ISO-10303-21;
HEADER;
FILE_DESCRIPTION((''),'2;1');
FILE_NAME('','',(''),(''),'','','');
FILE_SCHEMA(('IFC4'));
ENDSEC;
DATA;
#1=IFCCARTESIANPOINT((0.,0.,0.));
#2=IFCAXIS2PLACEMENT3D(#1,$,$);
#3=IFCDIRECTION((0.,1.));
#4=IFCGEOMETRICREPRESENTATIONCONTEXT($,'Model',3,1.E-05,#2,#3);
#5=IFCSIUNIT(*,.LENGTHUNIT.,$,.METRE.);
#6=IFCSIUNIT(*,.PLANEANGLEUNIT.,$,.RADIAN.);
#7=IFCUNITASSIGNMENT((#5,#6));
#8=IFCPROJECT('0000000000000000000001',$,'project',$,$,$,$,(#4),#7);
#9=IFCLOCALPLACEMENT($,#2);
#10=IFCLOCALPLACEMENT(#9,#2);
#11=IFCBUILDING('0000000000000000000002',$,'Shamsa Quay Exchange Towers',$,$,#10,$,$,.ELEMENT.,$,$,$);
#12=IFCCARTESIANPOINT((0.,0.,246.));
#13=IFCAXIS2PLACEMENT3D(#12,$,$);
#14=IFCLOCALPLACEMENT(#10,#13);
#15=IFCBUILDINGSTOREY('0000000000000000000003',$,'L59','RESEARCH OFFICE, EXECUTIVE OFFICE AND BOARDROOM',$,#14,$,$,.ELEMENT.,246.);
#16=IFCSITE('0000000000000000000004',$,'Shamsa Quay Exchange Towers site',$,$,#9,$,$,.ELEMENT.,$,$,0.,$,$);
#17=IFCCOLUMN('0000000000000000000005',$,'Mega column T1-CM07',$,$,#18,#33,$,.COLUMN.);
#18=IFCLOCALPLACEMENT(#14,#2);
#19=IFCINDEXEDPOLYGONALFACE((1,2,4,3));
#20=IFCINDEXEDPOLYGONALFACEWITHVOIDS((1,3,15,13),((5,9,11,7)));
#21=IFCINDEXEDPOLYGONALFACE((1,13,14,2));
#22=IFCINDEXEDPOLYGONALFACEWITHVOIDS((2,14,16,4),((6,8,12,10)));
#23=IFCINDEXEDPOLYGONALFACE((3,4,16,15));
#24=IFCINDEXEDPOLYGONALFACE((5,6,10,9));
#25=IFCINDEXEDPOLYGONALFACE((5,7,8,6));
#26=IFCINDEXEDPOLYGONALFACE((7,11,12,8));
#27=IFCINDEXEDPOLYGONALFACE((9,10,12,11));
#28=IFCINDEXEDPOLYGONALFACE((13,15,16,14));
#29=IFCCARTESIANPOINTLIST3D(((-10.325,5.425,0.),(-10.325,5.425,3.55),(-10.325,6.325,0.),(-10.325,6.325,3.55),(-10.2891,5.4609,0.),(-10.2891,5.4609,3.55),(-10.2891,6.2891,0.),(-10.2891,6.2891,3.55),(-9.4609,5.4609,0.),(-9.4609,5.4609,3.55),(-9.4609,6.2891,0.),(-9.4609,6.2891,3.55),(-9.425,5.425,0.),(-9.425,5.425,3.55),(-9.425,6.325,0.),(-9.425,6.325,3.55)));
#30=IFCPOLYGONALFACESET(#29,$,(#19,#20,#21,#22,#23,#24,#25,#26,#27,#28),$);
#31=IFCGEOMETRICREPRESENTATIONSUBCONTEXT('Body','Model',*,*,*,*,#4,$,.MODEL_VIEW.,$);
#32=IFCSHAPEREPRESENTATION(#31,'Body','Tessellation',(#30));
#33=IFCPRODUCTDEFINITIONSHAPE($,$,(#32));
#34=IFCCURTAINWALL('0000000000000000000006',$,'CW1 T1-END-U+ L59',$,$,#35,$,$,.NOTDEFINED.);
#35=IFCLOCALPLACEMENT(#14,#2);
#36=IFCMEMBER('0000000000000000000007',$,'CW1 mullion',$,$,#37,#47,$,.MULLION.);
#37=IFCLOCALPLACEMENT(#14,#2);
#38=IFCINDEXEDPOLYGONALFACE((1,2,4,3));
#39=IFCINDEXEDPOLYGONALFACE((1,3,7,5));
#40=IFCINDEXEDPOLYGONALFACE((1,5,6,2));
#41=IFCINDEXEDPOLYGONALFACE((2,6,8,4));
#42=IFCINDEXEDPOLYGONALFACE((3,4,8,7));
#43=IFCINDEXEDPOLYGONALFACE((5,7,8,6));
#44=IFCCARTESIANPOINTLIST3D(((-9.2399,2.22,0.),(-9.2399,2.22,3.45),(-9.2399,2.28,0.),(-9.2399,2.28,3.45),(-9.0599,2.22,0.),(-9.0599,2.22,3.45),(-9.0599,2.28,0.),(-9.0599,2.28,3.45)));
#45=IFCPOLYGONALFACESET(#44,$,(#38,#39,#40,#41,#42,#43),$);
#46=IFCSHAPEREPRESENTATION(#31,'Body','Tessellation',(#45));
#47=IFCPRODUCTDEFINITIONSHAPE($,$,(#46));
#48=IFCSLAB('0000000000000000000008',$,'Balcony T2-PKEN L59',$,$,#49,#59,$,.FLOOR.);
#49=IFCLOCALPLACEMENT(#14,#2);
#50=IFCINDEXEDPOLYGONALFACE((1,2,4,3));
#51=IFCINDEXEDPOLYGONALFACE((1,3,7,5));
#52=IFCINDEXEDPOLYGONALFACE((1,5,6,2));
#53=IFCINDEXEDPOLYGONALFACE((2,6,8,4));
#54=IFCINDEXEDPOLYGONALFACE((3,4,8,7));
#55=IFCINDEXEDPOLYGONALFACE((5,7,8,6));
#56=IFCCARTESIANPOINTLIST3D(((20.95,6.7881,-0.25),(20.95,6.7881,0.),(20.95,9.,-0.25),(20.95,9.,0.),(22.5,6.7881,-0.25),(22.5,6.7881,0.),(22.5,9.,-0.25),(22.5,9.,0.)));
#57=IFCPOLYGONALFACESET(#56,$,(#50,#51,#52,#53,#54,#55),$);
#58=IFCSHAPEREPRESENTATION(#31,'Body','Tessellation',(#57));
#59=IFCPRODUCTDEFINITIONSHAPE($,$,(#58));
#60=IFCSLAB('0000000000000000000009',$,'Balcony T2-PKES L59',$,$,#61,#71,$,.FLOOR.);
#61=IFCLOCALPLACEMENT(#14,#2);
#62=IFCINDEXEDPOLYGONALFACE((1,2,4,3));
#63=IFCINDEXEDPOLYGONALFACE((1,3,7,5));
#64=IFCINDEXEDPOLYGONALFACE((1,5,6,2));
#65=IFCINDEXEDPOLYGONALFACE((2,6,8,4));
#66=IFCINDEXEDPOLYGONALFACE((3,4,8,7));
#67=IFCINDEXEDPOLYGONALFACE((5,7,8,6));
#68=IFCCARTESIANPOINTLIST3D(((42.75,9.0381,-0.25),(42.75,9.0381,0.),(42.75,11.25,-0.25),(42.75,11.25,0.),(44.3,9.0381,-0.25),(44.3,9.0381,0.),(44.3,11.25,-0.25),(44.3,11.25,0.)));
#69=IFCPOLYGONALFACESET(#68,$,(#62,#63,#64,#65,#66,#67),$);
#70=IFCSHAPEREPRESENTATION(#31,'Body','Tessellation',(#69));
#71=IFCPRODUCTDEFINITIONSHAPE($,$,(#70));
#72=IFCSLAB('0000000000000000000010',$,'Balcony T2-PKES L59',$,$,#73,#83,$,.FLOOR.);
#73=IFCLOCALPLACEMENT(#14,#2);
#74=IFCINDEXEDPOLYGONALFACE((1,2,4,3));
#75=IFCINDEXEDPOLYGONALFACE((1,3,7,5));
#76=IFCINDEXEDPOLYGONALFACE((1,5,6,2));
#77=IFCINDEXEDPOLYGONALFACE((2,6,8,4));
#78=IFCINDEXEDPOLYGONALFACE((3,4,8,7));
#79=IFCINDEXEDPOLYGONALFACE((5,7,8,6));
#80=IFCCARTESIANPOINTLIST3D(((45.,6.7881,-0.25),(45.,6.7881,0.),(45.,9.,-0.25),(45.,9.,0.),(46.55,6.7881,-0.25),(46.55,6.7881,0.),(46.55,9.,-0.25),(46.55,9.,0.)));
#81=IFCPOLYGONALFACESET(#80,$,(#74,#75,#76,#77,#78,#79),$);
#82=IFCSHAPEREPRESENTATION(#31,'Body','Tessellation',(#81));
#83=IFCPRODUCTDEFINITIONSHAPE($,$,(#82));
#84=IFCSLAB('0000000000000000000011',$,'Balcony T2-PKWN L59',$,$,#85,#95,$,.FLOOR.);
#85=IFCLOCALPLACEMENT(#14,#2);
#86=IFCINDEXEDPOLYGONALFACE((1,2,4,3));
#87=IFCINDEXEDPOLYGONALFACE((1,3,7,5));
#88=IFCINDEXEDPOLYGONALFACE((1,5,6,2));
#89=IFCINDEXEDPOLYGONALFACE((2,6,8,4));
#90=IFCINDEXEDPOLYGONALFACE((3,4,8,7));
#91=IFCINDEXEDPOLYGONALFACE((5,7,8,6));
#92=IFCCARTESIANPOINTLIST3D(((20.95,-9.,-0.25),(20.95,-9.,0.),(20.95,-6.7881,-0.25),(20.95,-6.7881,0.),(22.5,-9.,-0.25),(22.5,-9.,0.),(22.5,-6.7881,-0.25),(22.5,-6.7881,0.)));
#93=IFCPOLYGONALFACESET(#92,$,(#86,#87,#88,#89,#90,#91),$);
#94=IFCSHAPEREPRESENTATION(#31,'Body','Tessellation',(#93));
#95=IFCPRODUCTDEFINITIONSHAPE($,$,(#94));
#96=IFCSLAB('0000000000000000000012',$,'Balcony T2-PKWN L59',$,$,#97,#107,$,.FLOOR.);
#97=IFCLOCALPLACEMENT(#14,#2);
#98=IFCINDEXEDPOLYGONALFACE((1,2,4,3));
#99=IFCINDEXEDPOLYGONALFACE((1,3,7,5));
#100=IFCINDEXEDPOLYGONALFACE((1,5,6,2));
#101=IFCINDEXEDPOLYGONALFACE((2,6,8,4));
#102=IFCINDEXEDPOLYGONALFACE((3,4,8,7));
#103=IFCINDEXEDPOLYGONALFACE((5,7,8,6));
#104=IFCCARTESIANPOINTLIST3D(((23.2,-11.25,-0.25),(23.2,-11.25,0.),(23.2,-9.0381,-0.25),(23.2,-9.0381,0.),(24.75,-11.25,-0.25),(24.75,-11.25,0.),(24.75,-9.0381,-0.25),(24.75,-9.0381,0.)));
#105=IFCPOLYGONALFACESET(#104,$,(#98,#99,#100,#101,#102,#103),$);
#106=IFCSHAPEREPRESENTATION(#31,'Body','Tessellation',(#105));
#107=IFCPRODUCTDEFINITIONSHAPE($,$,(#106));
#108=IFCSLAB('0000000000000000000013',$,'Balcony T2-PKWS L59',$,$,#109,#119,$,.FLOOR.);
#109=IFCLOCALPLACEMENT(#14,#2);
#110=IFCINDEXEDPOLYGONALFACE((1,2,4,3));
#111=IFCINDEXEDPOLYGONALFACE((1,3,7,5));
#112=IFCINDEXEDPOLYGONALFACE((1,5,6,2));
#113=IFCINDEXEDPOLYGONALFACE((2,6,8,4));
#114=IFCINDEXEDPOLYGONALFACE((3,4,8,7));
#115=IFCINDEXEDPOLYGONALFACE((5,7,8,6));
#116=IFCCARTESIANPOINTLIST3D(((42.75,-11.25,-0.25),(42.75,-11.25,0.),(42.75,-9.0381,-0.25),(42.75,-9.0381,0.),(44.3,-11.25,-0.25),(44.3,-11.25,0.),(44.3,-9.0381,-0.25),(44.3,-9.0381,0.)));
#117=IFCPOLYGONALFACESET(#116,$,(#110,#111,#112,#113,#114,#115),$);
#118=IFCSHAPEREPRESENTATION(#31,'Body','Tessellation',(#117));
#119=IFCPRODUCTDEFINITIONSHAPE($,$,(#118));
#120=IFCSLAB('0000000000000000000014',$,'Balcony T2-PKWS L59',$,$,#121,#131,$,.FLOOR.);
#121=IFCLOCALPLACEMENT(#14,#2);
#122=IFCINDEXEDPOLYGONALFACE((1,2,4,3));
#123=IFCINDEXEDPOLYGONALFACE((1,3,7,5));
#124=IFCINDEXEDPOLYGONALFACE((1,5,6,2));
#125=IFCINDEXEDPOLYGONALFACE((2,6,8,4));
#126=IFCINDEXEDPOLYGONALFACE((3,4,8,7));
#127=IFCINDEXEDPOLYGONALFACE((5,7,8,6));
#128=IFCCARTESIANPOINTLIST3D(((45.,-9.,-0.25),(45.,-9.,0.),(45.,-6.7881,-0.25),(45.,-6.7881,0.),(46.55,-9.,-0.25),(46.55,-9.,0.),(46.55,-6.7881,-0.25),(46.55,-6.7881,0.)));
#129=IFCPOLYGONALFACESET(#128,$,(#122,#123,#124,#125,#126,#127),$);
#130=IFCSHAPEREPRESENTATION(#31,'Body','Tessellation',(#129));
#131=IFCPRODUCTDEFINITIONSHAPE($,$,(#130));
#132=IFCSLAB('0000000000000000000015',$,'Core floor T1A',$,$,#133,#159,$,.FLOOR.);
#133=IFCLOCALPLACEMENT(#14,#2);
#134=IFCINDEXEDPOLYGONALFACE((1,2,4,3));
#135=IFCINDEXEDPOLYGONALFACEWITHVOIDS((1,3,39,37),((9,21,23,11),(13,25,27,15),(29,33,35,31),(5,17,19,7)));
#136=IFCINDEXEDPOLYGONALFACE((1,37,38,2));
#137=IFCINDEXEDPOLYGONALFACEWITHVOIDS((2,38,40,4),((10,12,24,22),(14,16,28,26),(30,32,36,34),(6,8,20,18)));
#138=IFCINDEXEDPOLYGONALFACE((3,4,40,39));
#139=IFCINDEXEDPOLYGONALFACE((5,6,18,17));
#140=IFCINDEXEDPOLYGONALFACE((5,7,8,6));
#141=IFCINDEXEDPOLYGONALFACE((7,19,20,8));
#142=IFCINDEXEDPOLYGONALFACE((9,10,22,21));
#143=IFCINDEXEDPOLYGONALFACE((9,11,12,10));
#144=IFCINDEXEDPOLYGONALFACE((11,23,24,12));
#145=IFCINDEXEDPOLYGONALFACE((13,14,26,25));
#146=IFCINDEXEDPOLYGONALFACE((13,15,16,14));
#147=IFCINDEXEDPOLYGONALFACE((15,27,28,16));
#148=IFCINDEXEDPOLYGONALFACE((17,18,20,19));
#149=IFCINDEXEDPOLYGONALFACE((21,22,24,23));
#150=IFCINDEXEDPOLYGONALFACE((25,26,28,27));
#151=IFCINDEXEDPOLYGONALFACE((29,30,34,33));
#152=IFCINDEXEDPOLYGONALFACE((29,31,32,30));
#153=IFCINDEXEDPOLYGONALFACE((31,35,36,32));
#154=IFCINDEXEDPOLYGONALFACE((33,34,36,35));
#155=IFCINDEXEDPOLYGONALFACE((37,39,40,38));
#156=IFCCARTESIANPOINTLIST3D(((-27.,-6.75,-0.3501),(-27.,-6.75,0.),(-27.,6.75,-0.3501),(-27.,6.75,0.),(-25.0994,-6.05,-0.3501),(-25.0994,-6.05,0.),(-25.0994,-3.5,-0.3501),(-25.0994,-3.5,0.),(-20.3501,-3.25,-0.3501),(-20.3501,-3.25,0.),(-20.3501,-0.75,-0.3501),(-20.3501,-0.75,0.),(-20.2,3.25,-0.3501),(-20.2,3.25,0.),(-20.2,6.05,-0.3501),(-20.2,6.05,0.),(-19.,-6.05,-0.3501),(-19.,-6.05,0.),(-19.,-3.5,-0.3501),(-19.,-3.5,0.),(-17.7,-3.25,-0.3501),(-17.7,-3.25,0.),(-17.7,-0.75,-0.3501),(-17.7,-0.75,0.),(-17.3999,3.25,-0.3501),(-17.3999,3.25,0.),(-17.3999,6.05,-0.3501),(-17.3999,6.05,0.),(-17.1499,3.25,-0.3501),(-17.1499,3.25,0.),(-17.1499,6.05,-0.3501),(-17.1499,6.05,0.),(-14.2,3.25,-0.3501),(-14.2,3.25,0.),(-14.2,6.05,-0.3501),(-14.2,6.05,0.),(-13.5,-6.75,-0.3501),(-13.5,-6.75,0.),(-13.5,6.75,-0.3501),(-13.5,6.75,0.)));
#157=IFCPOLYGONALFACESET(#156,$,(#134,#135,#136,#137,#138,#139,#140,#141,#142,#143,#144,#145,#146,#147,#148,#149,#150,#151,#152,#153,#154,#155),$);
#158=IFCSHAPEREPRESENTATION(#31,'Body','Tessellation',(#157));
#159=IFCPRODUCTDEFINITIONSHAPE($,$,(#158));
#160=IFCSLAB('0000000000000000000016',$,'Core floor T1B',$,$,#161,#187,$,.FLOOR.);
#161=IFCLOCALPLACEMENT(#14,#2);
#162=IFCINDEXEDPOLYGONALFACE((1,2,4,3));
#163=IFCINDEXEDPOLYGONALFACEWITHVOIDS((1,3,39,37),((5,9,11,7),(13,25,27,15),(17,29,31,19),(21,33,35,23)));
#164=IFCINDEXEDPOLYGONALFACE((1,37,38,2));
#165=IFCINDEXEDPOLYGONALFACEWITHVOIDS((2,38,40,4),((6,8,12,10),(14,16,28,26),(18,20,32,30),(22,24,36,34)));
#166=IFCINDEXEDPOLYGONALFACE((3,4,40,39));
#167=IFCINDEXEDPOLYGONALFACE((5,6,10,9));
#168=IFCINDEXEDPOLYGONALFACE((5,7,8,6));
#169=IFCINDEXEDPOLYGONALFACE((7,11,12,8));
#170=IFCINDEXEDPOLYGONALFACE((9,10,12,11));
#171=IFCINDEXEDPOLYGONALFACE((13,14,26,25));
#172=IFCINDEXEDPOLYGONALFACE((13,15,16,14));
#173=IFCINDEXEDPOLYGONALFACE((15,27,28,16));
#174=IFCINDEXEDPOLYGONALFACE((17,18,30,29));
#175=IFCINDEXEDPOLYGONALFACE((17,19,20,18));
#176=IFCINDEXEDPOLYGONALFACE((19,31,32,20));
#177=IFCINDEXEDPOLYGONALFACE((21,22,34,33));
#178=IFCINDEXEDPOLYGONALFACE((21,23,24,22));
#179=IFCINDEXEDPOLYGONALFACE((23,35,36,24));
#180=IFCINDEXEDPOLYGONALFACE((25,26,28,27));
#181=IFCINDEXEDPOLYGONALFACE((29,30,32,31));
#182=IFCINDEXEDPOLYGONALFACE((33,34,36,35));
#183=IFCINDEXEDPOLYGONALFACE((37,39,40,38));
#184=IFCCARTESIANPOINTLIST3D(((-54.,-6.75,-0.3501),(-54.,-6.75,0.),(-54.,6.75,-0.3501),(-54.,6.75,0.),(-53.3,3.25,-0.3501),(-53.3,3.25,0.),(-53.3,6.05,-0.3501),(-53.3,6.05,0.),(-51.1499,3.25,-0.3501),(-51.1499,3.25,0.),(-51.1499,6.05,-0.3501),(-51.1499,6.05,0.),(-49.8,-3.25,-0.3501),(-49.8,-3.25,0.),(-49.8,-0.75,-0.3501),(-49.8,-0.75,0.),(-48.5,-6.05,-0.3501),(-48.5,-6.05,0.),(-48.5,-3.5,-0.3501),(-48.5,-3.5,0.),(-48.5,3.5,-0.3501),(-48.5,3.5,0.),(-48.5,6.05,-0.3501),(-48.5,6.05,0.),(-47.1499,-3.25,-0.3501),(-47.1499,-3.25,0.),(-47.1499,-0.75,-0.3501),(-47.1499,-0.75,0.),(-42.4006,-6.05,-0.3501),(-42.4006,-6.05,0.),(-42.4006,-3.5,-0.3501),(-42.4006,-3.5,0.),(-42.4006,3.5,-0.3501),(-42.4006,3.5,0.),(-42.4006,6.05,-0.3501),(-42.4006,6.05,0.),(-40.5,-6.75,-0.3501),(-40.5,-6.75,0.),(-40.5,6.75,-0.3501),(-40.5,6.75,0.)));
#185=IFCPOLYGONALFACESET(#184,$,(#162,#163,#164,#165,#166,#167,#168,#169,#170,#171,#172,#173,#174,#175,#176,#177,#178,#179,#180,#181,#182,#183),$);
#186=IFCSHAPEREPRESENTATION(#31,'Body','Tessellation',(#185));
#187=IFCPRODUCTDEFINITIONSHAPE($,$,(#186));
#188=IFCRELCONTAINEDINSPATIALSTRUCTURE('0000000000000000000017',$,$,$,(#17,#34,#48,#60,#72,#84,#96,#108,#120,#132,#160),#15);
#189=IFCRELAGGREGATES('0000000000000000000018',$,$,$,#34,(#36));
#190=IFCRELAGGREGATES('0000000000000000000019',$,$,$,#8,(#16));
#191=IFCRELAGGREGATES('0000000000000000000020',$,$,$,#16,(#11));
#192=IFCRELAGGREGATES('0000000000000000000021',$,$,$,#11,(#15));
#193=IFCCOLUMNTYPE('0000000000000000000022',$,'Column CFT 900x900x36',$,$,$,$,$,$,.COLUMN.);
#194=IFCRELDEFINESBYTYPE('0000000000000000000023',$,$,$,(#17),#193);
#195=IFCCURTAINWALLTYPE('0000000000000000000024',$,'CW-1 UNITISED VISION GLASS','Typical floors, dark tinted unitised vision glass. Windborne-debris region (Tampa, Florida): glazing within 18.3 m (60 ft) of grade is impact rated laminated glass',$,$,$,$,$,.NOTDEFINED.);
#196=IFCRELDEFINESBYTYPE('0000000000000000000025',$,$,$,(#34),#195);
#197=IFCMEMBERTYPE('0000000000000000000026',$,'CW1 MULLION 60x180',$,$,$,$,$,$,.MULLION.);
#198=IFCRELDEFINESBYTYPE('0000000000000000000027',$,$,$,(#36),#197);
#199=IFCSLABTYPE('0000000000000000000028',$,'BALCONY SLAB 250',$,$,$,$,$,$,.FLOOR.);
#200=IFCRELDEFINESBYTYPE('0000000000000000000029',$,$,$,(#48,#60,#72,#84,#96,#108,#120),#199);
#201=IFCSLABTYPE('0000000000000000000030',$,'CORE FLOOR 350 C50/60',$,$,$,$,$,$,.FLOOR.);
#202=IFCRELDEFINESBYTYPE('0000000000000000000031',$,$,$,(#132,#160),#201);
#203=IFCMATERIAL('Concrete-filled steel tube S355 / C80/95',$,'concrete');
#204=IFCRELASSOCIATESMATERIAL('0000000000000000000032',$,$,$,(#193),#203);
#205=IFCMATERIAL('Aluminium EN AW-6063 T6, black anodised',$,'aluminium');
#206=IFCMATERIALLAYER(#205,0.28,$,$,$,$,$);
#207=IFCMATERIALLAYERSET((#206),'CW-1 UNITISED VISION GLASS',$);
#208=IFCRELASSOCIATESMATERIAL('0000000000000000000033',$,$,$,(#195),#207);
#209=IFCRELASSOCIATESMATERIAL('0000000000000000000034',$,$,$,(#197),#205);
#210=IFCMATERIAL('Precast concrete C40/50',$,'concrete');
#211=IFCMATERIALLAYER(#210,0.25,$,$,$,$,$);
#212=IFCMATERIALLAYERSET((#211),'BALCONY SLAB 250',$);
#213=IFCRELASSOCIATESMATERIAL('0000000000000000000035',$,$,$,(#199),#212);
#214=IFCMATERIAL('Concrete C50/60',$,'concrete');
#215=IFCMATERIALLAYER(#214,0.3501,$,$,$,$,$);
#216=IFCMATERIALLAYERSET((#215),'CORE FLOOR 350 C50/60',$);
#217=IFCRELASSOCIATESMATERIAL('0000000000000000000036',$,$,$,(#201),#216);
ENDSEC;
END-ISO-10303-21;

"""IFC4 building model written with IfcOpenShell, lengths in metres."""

from ifc_helpers import new_model, si_unit, direction, frame, origin, origin_2d, place, context, subcontext, project, spatial, polyline, rectangle, hollow_rectangle, outline, extrude, material, layer, layer_set, material_profile, profile_set, type_object, element, aggregate, save


model = new_model("IFC4")

# Units and contexts
model_context = context("Model", 3, precision=1e-05, world=origin(), true_north=direction((0.0, 1.0)))
body_context = subcontext(model_context, "Body", "Model", "MODEL_VIEW")
ifc_project = project(units=[si_unit("LENGTHUNIT", "METRE"), si_unit("PLANEANGLEUNIT", "RADIAN")], contexts=[model_context])

# Site, building, storey
site_placement = place(None, origin())
site = spatial("IfcSite", under=ifc_project, at=site_placement, Name="Shamsa Quay Exchange Towers site", CompositionType="ELEMENT", RefElevation=0.0)
building_placement = place(site_placement, origin())
building = spatial("IfcBuilding", under=site, at=building_placement, Name="Shamsa Quay Exchange Towers", CompositionType="ELEMENT")
storey_placement = place(building_placement, frame((0.0, 0.0, 246.0)))
storey = spatial("IfcBuildingStorey", under=building, at=storey_placement, Name="L59", Description="RESEARCH OFFICE, EXECUTIVE OFFICE AND BOARDROOM", CompositionType="ELEMENT", Elevation=246.0)

# Column
ifc_material_1 = material(Name="Concrete-filled steel tube S355 / C80/95", Category="concrete")
ifc_material_profile_1 = material_profile(ifc_material_1, hollow_rectangle(XDim=0.8999, YDim=0.8999, WallThickness=0.0359, at=origin_2d()), Name="CFT 900x900x36")
ifc_profile_set_1 = profile_set([ifc_material_profile_1], Name="Concrete-filled steel tube S355 / C80/95")
column_type = type_object("IfcColumnType", Name="Column CFT 900x900x36", PredefinedType="COLUMN", material=ifc_profile_set_1)
column_placement = place(storey_placement, frame((-9.875, 5.875, 0.0)))
element("IfcColumn", 1, at=column_placement, inside=storey, type_object=column_type, Name="Mega column T1-CM07", PredefinedType="COLUMN", context=body_context, shape_type="SweptSolid", body=[
    extrude(hollow_rectangle(XDim=0.8999, YDim=0.8999, WallThickness=0.0359, at=origin_2d()), origin(), (0.0, 0.0, 1.0), 3.55),
])

# Curtain wall, member
ifc_material_2 = material(Name="Aluminium EN AW-6063 T6, black anodised", Category="aluminium")
ifc_layer_1 = layer(ifc_material_2, 0.28)
ifc_layer_set_1 = layer_set([ifc_layer_1], Name="CW-1 UNITISED VISION GLASS")
curtain_wall_type = type_object("IfcCurtainWallType", Name="CW-1 UNITISED VISION GLASS", Description="Typical floors, dark tinted unitised vision glass. Windborne-debris region (Tampa, Florida): glazing within 18.3 m (60 ft) of grade is impact rated laminated glass", PredefinedType="NOTDEFINED", material=ifc_layer_set_1)
curtain_wall_placement = place(storey_placement, origin())
curtain_wall = element("IfcCurtainWall", 2, at=curtain_wall_placement, inside=storey, type_object=curtain_wall_type, Name="CW1 T1-END-U+ L59", PredefinedType="NOTDEFINED")
ifc_material_profile_2 = material_profile(ifc_material_2, rectangle(XDim=0.1799, YDim=0.0601, at=origin_2d()), Name="MU60x180")
ifc_profile_set_2 = profile_set([ifc_material_profile_2], Name="Aluminium EN AW-6063 T6, black anodised")
member_type = type_object("IfcMemberType", Name="CW1 MULLION 60x180", PredefinedType="MULLION", material=ifc_profile_set_2)
member_placement = place(storey_placement, frame((-9.1499, 2.25, 0.0), z_axis=(0.0, 0.0, 1.0), x_axis=(-1.0, 0.0, 0.0)))
member = element("IfcMember", 3, at=member_placement, type_object=member_type, Name="CW1 mullion", PredefinedType="MULLION", context=body_context, shape_type="SweptSolid", body=[
    extrude(rectangle(XDim=0.1799, YDim=0.0601, at=origin_2d()), origin(), (0.0, 0.0, 1.0), 3.45),
])

# Slabs
ifc_material_3 = material(Name="Precast concrete C40/50", Category="concrete")
ifc_layer_2 = layer(ifc_material_3, 0.25)
ifc_layer_set_2 = layer_set([ifc_layer_2], Name="BALCONY SLAB 250")
slab_type_1 = type_object("IfcSlabType", Name="BALCONY SLAB 250", PredefinedType="FLOOR", material=ifc_layer_set_2)
slab_1_placement = place(storey_placement, frame((0.0, 0.0, -0.25)))
element("IfcSlab", 4, at=slab_1_placement, inside=storey, type_object=slab_type_1, Name="Balcony T2-PKEN L59", PredefinedType="FLOOR", context=body_context, shape_type="SweptSolid", body=[
    extrude(outline(polyline([(22.5, 9.0), (22.5, 6.7881), (20.95, 6.7881), (20.95, 9.0), (22.5, 9.0)])), origin(), (0.0, 0.0, 1.0), 0.25),
])
slab_2_placement = place(storey_placement, frame((0.0, 0.0, -0.25)))
element("IfcSlab", 5, at=slab_2_placement, inside=storey, type_object=slab_type_1, Name="Balcony T2-PKES L59", PredefinedType="FLOOR", context=body_context, shape_type="SweptSolid", body=[
    extrude(outline(polyline([(42.75, 9.0381), (42.75, 11.25), (44.3, 11.25), (44.3, 9.0381), (42.75, 9.0381)])), origin(), (0.0, 0.0, 1.0), 0.25),
])
slab_3_placement = place(storey_placement, frame((0.0, 0.0, -0.25)))
element("IfcSlab", 6, at=slab_3_placement, inside=storey, type_object=slab_type_1, Name="Balcony T2-PKES L59", PredefinedType="FLOOR", context=body_context, shape_type="SweptSolid", body=[
    extrude(outline(polyline([(45.0, 6.7881), (45.0, 9.0), (46.55, 9.0), (46.55, 6.7881), (45.0, 6.7881)])), origin(), (0.0, 0.0, 1.0), 0.25),
])
slab_4_placement = place(storey_placement, frame((0.0, 0.0, -0.25)))
element("IfcSlab", 7, at=slab_4_placement, inside=storey, type_object=slab_type_1, Name="Balcony T2-PKWN L59", PredefinedType="FLOOR", context=body_context, shape_type="SweptSolid", body=[
    extrude(outline(polyline([(22.5, -6.7881), (22.5, -9.0), (20.95, -9.0), (20.95, -6.7881), (22.5, -6.7881)])), origin(), (0.0, 0.0, 1.0), 0.25),
])
slab_5_placement = place(storey_placement, frame((0.0, 0.0, -0.25)))
element("IfcSlab", 8, at=slab_5_placement, inside=storey, type_object=slab_type_1, Name="Balcony T2-PKWN L59", PredefinedType="FLOOR", context=body_context, shape_type="SweptSolid", body=[
    extrude(outline(polyline([(24.75, -9.0381), (24.75, -11.25), (23.2, -11.25), (23.2, -9.0381), (24.75, -9.0381)])), origin(), (0.0, 0.0, 1.0), 0.25),
])
slab_6_placement = place(storey_placement, frame((0.0, 0.0, -0.25)))
element("IfcSlab", 9, at=slab_6_placement, inside=storey, type_object=slab_type_1, Name="Balcony T2-PKWS L59", PredefinedType="FLOOR", context=body_context, shape_type="SweptSolid", body=[
    extrude(outline(polyline([(42.75, -11.25), (42.75, -9.0381), (44.3, -9.0381), (44.3, -11.25), (42.75, -11.25)])), origin(), (0.0, 0.0, 1.0), 0.25),
])
slab_7_placement = place(storey_placement, frame((0.0, 0.0, -0.25)))
element("IfcSlab", 10, at=slab_7_placement, inside=storey, type_object=slab_type_1, Name="Balcony T2-PKWS L59", PredefinedType="FLOOR", context=body_context, shape_type="SweptSolid", body=[
    extrude(outline(polyline([(45.0, -9.0), (45.0, -6.7881), (46.55, -6.7881), (46.55, -9.0), (45.0, -9.0)])), origin(), (0.0, 0.0, 1.0), 0.25),
])
ifc_material_4 = material(Name="Concrete C50/60", Category="concrete")
ifc_layer_3 = layer(ifc_material_4, 0.3501)
ifc_layer_set_3 = layer_set([ifc_layer_3], Name="CORE FLOOR 350 C50/60")
slab_type_2 = type_object("IfcSlabType", Name="CORE FLOOR 350 C50/60", PredefinedType="FLOOR", material=ifc_layer_set_3)
slab_8_placement = place(storey_placement, frame((0.0, 0.0, -0.3501)))
element("IfcSlab", 11, at=slab_8_placement, inside=storey, type_object=slab_type_2, Name="Core floor T1A", PredefinedType="FLOOR", context=body_context, shape_type="SweptSolid", body=[
    extrude(outline(polyline([(-27.0, -6.75), (-13.5, -6.75), (-13.5, 6.75), (-27.0, 6.75), (-27.0, -6.75)]), holes=[polyline([(-25.0994, -6.05), (-25.0994, -3.5), (-19.0, -3.5), (-19.0, -6.05), (-25.0994, -6.05)]), polyline([(-20.2, 3.25), (-20.2, 6.05), (-17.3999, 6.05), (-17.3999, 3.25), (-20.2, 3.25)]), polyline([(-17.1499, 3.25), (-17.1499, 6.05), (-14.2, 6.05), (-14.2, 3.25), (-17.1499, 3.25)]), polyline([(-20.3501, -3.25), (-20.3501, -0.75), (-17.7, -0.75), (-17.7, -3.25), (-20.3501, -3.25)])]), origin(), (0.0, 0.0, 1.0), 0.3501),
])
slab_9_placement = place(storey_placement, frame((0.0, 0.0, -0.3501)))
element("IfcSlab", 12, at=slab_9_placement, inside=storey, type_object=slab_type_2, Name="Core floor T1B", PredefinedType="FLOOR", context=body_context, shape_type="SweptSolid", body=[
    extrude(outline(polyline([(-40.5, -6.75), (-40.5, 6.75), (-54.0, 6.75), (-54.0, -6.75), (-40.5, -6.75)]), holes=[polyline([(-42.4006, -3.5), (-42.4006, -6.05), (-48.5, -6.05), (-48.5, -3.5), (-42.4006, -3.5)]), polyline([(-42.4006, 6.05), (-42.4006, 3.5), (-48.5, 3.5), (-48.5, 6.05), (-42.4006, 6.05)]), polyline([(-51.1499, 3.25), (-53.3, 3.25), (-53.3, 6.05), (-51.1499, 6.05), (-51.1499, 3.25)]), polyline([(-47.1499, -3.25), (-49.8, -3.25), (-49.8, -0.75), (-47.1499, -0.75), (-47.1499, -3.25)])]), origin(), (0.0, 0.0, 1.0), 0.3501),
])

aggregate(curtain_wall, [member])

save(model, "model.ifc")
